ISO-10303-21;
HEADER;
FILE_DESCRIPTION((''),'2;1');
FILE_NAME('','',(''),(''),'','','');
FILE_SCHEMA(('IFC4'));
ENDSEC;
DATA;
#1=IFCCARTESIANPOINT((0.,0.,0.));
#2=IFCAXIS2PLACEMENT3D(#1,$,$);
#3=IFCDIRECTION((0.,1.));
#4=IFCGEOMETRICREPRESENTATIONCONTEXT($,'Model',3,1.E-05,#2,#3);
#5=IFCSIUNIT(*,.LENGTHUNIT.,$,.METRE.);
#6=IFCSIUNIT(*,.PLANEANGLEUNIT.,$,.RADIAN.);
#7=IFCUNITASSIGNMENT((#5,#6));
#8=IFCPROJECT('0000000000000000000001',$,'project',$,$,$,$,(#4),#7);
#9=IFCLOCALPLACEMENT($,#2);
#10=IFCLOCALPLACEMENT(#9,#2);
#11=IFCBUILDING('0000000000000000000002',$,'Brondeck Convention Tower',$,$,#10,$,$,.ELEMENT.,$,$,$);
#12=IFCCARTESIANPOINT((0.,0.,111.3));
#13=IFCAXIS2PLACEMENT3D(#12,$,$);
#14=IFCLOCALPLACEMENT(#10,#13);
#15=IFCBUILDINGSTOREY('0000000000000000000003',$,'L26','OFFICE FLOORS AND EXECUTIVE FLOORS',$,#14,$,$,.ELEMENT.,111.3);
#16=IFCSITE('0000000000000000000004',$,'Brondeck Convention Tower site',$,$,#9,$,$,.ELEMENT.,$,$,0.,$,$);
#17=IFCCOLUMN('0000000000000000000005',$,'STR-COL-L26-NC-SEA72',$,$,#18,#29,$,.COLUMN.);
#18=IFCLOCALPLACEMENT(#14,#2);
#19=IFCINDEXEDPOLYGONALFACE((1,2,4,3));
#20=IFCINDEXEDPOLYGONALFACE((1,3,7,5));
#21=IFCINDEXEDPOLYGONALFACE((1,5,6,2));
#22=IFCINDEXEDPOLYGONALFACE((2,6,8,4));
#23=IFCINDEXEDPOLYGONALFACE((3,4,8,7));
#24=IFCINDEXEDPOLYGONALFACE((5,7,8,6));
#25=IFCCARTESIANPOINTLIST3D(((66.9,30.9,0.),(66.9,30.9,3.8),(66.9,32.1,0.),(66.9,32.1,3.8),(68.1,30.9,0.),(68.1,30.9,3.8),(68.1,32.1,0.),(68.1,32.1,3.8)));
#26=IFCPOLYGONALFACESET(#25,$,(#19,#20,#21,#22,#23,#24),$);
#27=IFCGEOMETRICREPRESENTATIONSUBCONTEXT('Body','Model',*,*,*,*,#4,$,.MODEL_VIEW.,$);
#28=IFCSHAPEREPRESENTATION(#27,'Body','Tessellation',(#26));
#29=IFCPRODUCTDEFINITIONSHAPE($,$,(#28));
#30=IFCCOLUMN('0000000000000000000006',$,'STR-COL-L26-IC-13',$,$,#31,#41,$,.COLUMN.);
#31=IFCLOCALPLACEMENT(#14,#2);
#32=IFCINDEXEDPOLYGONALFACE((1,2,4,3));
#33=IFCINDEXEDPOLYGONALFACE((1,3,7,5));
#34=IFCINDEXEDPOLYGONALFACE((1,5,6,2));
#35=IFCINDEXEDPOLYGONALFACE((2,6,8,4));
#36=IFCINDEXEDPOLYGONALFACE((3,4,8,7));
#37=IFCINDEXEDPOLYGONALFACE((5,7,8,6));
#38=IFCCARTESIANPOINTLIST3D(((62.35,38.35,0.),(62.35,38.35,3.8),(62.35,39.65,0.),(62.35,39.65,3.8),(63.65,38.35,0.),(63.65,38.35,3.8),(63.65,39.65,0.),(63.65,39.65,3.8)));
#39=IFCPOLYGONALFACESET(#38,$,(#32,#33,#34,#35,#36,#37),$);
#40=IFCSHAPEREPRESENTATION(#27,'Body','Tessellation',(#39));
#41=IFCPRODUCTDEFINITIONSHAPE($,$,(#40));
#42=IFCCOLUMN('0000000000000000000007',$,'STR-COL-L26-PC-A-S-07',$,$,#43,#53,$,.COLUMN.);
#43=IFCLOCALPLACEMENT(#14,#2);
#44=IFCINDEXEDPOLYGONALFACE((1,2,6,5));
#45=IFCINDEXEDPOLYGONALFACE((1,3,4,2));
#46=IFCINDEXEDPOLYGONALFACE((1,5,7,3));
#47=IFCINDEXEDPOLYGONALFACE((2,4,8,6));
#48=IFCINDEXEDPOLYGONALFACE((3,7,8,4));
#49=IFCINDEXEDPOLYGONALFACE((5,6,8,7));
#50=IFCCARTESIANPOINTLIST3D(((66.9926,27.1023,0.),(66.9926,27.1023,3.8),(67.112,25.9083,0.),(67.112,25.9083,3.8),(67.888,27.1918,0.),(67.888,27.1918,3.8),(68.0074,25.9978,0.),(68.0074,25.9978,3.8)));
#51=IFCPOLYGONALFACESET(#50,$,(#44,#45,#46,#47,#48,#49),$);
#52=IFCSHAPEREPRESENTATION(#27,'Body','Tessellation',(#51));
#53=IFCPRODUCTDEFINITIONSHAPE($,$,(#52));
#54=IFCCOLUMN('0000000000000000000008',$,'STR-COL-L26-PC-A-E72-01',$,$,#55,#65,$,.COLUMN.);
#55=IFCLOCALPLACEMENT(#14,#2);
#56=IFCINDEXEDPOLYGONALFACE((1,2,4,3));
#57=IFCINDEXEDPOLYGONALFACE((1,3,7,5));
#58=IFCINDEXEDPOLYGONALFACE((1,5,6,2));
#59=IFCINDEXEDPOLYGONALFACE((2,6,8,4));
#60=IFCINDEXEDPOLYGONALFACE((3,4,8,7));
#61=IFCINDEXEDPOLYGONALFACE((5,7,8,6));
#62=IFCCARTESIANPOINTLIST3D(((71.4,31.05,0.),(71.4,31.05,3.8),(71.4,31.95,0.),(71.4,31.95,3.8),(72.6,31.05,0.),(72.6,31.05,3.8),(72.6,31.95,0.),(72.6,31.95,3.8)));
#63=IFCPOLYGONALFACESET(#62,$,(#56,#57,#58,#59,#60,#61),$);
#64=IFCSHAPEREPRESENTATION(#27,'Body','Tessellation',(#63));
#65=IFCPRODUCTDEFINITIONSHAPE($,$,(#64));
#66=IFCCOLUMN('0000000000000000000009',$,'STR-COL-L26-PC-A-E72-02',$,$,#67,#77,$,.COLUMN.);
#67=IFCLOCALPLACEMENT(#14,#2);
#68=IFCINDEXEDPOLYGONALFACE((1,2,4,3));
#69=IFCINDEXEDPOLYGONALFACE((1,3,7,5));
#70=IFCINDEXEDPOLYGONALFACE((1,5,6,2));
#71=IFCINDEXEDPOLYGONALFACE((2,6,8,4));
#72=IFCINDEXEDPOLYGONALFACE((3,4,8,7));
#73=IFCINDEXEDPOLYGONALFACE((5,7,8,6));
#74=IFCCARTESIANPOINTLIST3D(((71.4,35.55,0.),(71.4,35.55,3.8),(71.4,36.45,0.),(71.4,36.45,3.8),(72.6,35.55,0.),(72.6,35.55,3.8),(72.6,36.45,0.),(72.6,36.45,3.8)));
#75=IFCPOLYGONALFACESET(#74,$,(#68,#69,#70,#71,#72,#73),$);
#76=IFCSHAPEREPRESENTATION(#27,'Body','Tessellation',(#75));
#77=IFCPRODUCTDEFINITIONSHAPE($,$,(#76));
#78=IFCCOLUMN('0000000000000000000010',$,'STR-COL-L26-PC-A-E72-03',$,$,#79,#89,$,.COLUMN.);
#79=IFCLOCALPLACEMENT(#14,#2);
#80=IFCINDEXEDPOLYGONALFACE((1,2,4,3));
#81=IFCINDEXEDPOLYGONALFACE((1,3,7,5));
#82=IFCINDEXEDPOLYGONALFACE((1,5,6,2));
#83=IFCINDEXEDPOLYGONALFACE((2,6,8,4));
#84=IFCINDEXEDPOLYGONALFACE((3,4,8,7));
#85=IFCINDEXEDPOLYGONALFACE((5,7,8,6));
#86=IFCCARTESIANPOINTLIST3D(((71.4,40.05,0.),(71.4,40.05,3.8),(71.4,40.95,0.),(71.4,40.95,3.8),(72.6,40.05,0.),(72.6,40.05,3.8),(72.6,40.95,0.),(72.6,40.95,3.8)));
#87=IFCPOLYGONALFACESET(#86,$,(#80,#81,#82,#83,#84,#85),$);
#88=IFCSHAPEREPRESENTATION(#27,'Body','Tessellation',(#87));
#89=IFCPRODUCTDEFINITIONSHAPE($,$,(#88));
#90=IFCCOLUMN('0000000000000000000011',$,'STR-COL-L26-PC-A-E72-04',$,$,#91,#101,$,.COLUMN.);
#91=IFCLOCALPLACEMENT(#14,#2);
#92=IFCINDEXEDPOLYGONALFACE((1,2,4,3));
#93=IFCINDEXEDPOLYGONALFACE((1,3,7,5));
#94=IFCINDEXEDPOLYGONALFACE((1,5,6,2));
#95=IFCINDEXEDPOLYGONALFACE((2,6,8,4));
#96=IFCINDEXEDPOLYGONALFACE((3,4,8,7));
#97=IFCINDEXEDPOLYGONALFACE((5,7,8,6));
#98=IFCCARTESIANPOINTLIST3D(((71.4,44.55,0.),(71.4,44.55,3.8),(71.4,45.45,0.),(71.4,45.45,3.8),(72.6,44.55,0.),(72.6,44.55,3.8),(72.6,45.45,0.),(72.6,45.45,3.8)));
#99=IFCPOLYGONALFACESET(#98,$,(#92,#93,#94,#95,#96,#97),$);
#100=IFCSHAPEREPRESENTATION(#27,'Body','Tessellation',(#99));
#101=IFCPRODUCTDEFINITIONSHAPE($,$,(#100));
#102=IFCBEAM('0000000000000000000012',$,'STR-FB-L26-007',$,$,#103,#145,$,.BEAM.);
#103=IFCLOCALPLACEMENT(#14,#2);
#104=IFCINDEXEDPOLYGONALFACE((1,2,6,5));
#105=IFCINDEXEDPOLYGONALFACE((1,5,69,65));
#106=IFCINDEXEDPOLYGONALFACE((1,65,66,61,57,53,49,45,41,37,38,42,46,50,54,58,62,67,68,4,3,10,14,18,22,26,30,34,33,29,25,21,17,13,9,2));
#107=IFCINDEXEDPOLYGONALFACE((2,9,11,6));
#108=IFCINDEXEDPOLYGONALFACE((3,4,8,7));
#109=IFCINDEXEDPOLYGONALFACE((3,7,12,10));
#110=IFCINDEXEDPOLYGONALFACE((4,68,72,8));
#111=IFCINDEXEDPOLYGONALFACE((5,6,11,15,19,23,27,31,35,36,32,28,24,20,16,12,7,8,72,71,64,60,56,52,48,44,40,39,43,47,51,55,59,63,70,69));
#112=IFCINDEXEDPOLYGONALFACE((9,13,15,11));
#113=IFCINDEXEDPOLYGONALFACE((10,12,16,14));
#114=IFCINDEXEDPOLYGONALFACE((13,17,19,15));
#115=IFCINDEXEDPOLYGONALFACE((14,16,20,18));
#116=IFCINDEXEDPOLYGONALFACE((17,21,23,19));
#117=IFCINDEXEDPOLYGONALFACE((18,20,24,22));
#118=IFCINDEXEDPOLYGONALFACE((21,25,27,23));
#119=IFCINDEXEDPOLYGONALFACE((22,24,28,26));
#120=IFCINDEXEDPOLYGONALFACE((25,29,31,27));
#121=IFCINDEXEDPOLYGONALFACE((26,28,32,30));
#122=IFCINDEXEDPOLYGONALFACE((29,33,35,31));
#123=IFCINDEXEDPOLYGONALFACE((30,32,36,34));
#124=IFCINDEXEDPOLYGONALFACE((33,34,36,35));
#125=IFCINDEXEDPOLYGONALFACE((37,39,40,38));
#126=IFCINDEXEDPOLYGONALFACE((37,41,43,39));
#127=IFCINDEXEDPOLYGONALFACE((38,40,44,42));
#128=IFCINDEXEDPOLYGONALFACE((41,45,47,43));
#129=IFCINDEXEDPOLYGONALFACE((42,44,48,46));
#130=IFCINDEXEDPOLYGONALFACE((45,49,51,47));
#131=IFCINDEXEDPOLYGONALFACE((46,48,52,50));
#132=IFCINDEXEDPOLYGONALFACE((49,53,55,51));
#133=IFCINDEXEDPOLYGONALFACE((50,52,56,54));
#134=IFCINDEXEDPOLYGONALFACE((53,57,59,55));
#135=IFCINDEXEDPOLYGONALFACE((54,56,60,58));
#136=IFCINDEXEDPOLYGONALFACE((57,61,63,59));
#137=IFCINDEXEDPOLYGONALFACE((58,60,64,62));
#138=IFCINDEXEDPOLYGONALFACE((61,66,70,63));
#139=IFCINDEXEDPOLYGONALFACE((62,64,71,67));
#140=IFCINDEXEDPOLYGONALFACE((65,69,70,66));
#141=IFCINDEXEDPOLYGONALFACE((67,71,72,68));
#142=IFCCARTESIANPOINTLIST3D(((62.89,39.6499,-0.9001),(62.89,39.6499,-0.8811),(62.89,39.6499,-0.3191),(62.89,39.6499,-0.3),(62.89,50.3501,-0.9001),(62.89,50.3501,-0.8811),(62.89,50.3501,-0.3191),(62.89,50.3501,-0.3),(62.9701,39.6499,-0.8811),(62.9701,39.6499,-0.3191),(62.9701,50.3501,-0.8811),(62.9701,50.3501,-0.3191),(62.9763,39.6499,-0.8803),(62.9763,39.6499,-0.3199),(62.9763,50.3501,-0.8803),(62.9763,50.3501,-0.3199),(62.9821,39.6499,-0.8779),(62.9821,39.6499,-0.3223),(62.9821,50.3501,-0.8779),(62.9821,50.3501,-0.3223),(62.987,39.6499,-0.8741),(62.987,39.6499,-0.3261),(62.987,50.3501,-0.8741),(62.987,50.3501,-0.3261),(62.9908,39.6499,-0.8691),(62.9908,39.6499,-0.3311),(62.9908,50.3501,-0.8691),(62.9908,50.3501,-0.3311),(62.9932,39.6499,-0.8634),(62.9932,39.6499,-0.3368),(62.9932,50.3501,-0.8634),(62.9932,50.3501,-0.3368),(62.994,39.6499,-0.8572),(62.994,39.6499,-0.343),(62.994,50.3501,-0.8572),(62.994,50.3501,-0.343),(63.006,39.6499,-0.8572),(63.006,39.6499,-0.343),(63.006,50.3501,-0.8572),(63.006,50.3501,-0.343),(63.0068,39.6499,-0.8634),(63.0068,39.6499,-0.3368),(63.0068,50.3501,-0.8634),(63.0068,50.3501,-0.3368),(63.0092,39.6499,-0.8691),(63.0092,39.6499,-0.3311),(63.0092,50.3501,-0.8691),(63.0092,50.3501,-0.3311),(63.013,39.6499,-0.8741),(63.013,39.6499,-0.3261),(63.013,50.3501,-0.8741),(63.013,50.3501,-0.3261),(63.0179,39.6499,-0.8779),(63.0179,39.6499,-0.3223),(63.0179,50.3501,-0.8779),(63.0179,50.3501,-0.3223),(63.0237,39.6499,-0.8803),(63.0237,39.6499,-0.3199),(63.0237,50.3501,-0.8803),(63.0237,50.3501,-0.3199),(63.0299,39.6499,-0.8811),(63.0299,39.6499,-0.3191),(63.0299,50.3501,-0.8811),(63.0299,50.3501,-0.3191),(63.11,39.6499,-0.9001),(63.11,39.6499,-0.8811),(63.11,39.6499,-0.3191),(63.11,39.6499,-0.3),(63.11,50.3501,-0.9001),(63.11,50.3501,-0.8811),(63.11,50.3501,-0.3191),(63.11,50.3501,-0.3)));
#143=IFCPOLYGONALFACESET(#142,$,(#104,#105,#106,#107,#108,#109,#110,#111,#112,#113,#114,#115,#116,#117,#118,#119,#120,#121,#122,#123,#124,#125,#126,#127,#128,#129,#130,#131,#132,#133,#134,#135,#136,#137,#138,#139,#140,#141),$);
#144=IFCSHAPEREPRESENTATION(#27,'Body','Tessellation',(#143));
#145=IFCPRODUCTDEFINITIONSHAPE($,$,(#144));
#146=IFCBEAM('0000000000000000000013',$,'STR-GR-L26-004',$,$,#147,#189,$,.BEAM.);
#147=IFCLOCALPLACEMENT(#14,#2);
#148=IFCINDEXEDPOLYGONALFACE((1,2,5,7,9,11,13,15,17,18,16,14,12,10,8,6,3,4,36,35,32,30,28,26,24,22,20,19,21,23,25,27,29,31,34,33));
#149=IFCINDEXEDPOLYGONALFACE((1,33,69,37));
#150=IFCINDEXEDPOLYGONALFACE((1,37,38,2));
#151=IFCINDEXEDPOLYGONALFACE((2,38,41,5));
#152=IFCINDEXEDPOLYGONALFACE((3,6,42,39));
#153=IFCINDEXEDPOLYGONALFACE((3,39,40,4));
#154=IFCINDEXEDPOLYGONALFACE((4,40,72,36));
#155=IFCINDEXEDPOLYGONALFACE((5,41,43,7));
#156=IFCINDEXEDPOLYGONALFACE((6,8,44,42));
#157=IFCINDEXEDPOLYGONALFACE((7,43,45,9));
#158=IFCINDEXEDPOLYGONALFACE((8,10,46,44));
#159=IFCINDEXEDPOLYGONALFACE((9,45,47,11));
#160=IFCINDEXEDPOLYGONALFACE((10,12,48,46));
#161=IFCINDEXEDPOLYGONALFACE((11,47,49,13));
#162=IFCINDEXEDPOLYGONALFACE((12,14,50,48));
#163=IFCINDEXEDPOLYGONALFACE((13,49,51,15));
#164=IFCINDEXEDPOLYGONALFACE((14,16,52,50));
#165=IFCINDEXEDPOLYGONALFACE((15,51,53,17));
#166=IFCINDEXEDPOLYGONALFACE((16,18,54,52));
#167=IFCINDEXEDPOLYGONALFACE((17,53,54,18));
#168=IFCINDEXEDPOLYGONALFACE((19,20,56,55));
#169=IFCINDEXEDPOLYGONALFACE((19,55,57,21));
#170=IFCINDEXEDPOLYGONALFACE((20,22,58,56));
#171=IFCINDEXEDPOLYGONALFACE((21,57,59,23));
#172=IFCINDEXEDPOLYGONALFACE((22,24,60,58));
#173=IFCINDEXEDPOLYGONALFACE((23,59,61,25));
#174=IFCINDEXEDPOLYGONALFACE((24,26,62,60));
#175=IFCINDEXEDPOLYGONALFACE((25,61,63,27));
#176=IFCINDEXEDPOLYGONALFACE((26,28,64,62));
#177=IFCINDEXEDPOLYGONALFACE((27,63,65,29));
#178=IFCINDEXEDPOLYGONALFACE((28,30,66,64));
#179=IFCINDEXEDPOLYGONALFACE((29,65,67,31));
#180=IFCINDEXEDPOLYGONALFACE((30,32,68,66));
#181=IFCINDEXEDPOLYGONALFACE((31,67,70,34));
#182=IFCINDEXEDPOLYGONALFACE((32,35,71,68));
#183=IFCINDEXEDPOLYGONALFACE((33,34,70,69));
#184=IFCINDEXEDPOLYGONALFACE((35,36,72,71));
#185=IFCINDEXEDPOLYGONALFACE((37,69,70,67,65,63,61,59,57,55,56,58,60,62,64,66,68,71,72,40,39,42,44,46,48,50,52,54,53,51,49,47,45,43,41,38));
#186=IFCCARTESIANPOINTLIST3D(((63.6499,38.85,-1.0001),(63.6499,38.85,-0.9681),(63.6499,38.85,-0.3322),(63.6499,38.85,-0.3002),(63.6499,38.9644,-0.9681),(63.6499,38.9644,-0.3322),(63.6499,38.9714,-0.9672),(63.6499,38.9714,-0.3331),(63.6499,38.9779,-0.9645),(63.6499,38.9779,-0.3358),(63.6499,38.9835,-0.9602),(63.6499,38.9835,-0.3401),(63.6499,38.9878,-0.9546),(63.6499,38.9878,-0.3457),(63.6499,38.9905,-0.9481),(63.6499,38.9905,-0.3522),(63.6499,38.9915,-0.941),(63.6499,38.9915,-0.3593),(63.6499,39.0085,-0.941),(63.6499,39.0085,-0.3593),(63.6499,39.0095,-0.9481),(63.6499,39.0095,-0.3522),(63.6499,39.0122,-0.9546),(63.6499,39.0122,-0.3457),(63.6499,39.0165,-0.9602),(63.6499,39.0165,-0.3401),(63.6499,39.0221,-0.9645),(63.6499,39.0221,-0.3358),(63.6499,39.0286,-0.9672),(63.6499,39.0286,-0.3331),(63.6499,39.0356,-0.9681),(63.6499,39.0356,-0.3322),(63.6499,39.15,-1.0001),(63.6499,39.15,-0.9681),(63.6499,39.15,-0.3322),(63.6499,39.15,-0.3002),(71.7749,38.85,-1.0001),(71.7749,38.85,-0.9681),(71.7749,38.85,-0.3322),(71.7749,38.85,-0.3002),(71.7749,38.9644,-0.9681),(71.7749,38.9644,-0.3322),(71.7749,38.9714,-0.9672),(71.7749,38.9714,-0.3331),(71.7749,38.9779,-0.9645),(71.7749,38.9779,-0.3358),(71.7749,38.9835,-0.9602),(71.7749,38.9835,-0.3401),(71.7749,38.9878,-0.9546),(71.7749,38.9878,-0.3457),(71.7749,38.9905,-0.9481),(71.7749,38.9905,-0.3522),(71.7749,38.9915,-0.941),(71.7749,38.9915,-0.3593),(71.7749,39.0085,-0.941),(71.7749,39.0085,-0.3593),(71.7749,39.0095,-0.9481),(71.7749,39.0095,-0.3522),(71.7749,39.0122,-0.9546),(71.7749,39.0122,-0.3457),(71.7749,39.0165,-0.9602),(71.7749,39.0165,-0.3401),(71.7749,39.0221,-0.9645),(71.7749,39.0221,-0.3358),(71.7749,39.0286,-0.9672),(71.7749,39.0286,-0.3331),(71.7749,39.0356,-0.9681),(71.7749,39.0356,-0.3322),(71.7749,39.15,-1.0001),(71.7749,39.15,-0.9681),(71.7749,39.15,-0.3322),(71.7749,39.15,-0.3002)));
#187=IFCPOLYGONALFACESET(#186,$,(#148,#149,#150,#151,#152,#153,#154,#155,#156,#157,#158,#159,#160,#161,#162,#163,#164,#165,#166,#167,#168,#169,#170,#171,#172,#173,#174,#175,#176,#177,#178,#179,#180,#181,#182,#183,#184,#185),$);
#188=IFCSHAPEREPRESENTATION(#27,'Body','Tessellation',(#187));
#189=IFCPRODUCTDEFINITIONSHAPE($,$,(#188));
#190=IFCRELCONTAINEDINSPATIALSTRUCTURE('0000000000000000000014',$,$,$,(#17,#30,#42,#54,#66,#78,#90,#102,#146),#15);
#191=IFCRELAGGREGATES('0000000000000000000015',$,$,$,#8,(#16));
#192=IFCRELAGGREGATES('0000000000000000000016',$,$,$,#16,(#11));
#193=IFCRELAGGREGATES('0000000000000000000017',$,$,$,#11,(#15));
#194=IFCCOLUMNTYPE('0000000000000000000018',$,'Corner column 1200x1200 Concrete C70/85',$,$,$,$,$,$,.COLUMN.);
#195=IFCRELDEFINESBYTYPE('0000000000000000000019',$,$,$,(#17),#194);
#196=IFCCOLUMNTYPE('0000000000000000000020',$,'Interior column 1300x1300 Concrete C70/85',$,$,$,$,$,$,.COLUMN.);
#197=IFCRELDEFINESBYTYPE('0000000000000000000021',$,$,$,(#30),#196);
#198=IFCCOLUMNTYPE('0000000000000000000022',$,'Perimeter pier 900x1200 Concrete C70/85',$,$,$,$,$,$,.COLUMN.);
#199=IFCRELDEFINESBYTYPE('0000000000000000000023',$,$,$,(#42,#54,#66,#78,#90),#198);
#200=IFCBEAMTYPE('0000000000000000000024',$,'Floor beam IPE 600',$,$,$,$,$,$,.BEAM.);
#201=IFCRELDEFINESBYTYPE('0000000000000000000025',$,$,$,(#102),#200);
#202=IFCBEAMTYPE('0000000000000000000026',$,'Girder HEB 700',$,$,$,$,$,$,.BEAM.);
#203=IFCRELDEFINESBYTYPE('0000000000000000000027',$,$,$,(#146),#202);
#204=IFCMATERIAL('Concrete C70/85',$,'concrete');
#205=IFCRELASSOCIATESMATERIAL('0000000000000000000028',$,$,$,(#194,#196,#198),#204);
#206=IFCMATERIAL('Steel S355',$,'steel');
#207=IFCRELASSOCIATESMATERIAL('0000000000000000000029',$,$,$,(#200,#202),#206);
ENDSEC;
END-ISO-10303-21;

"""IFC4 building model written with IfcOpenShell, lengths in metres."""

from ifc_helpers import new_model, si_unit, direction, frame, origin, origin_2d, place, context, subcontext, project, spatial, rectangle, i_section, extrude, material, material_profile, profile_set, type_object, element, save


model = new_model("IFC4")

# Units and contexts
model_context = context("Model", 3, precision=1e-05, world=origin(), true_north=direction((0.0, 1.0)))
body_context = subcontext(model_context, "Body", "Model", "MODEL_VIEW")
ifc_project = project(units=[si_unit("LENGTHUNIT", "METRE"), si_unit("PLANEANGLEUNIT", "RADIAN")], contexts=[model_context])

# Site, building, storey
site_placement = place(None, origin())
site = spatial("IfcSite", under=ifc_project, at=site_placement, Name="Brondeck Convention Tower site", CompositionType="ELEMENT", RefElevation=0.0)
building_placement = place(site_placement, origin())
building = spatial("IfcBuilding", under=site, at=building_placement, Name="Brondeck Convention Tower", CompositionType="ELEMENT")
storey_placement = place(building_placement, frame((0.0, 0.0, 111.3)))
storey = spatial("IfcBuildingStorey", under=building, at=storey_placement, Name="L26", Description="OFFICE FLOORS AND EXECUTIVE FLOORS", CompositionType="ELEMENT", Elevation=111.3)

# Columns
ifc_material_1 = material(Name="Concrete C70/85", Category="concrete")
ifc_material_profile_1 = material_profile(ifc_material_1, rectangle(XDim=1.2, YDim=1.2, at=origin_2d()), Name="Corner column 1200x1200 Concrete C70/85")
ifc_profile_set_1 = profile_set([ifc_material_profile_1], Name="Concrete C70/85")
column_type_1 = type_object("IfcColumnType", Name="Corner column 1200x1200 Concrete C70/85", PredefinedType="COLUMN", material=ifc_profile_set_1)
column_1_placement = place(storey_placement, frame((67.5, 31.5, 0.0), z_axis=(0.0, 0.0, 1.0), x_axis=(1.0, 0.0, 0.0)))
element("IfcColumn", 1, at=column_1_placement, inside=storey, type_object=column_type_1, Name="STR-COL-L26-NC-SEA72", PredefinedType="COLUMN", context=body_context, shape_type="SweptSolid", body=[
    extrude(rectangle(XDim=1.2, YDim=1.2, at=origin_2d()), origin(), (0.0, 0.0, 1.0), 3.8),
])
ifc_material_profile_2 = material_profile(ifc_material_1, rectangle(XDim=1.3, YDim=1.3, at=origin_2d()), Name="Interior column 1300x1300 Concrete C70/85")
ifc_profile_set_2 = profile_set([ifc_material_profile_2], Name="Concrete C70/85")
column_type_2 = type_object("IfcColumnType", Name="Interior column 1300x1300 Concrete C70/85", PredefinedType="COLUMN", material=ifc_profile_set_2)
column_2_placement = place(storey_placement, frame((63.0, 39.0, 0.0), z_axis=(0.0, 0.0, 1.0), x_axis=(1.0, 0.0, 0.0)))
element("IfcColumn", 2, at=column_2_placement, inside=storey, type_object=column_type_2, Name="STR-COL-L26-IC-13", PredefinedType="COLUMN", context=body_context, shape_type="SweptSolid", body=[
    extrude(rectangle(XDim=1.3, YDim=1.3, at=origin_2d()), origin(), (0.0, 0.0, 1.0), 3.8),
])
ifc_material_profile_3 = material_profile(ifc_material_1, rectangle(XDim=0.8999, YDim=1.2, at=origin_2d()), Name="Perimeter pier 900x1200 Concrete C70/85")
ifc_profile_set_3 = profile_set([ifc_material_profile_3], Name="Concrete C70/85")
column_type_3 = type_object("IfcColumnType", Name="Perimeter pier 900x1200 Concrete C70/85", PredefinedType="COLUMN", material=ifc_profile_set_3)
for number, where, z_axis, x_axis, name in (
    (3, (67.5, 26.55, 0.0), (0.0, 0.0, 1.0), (0.995037, 0.099504, 0.0), "STR-COL-L26-PC-A-S-07"),
    (4, (72.0, 31.5, 0.0), (0.0, 0.0, 1.0), (0.0, 1.0, 0.0), "STR-COL-L26-PC-A-E72-01"),
    (5, (72.0, 36.0, 0.0), (0.0, 0.0, 1.0), (0.0, 1.0, 0.0), "STR-COL-L26-PC-A-E72-02"),
    (6, (72.0, 40.5, 0.0), (0.0, 0.0, 1.0), (0.0, 1.0, 0.0), "STR-COL-L26-PC-A-E72-03"),
    (7, (72.0, 45.0, 0.0), (0.0, 0.0, 1.0), (0.0, 1.0, 0.0), "STR-COL-L26-PC-A-E72-04"),
):
    element("IfcColumn", number, at=place(storey_placement, frame(where, z_axis=z_axis, x_axis=x_axis)), inside=storey, type_object=column_type_3, Name=name, PredefinedType="COLUMN", context=body_context, shape_type="SweptSolid", body=[
        extrude(rectangle(XDim=0.8999, YDim=1.2, at=origin_2d()), origin(), (0.0, 0.0, 1.0), 3.8),
    ])

# Beams
ifc_material_2 = material(Name="Steel S355", Category="steel")
ifc_material_profile_4 = material_profile(ifc_material_2, i_section(OverallWidth=0.22, OverallDepth=0.6001, WebThickness=0.012, FlangeThickness=0.019, FilletRadius=0.0239, at=origin_2d()), Name="IPE 600")
ifc_profile_set_4 = profile_set([ifc_material_profile_4], Name="Steel S355")
beam_type_1 = type_object("IfcBeamType", Name="Floor beam IPE 600", PredefinedType="BEAM", material=ifc_profile_set_4)
beam_1_placement = place(storey_placement, frame((63.0, 39.6499, -0.6001), z_axis=(0.0, 1.0, 0.0), x_axis=(-1.0, 0.0, 0.0)))
element("IfcBeam", 8, at=beam_1_placement, inside=storey, type_object=beam_type_1, Name="STR-FB-L26-007", PredefinedType="BEAM", context=body_context, shape_type="SweptSolid", body=[
    extrude(i_section(OverallWidth=0.22, OverallDepth=0.6001, WebThickness=0.012, FlangeThickness=0.019, FilletRadius=0.0239, at=origin_2d()), origin(), (0.0, 0.0, 1.0), 10.7002),
])
ifc_material_profile_5 = material_profile(ifc_material_2, i_section(OverallWidth=0.3, OverallDepth=0.7, WebThickness=0.0171, FlangeThickness=0.032, FilletRadius=0.0271, at=origin_2d()), Name="HEB 700")
ifc_profile_set_5 = profile_set([ifc_material_profile_5], Name="Steel S355")
beam_type_2 = type_object("IfcBeamType", Name="Girder HEB 700", PredefinedType="BEAM", material=ifc_profile_set_5)
beam_2_placement = place(storey_placement, frame((63.6499, 39.0, -0.6501), z_axis=(1.0, 0.0, 0.0), x_axis=(0.0, 1.0, 0.0)))
element("IfcBeam", 9, at=beam_2_placement, inside=storey, type_object=beam_type_2, Name="STR-GR-L26-004", PredefinedType="BEAM", context=body_context, shape_type="SweptSolid", body=[
    extrude(i_section(OverallWidth=0.3, OverallDepth=0.7, WebThickness=0.0171, FlangeThickness=0.032, FilletRadius=0.0271, at=origin_2d()), origin(), (0.0, 0.0, 1.0), 8.125),
])

save(model, "model.ifc")
